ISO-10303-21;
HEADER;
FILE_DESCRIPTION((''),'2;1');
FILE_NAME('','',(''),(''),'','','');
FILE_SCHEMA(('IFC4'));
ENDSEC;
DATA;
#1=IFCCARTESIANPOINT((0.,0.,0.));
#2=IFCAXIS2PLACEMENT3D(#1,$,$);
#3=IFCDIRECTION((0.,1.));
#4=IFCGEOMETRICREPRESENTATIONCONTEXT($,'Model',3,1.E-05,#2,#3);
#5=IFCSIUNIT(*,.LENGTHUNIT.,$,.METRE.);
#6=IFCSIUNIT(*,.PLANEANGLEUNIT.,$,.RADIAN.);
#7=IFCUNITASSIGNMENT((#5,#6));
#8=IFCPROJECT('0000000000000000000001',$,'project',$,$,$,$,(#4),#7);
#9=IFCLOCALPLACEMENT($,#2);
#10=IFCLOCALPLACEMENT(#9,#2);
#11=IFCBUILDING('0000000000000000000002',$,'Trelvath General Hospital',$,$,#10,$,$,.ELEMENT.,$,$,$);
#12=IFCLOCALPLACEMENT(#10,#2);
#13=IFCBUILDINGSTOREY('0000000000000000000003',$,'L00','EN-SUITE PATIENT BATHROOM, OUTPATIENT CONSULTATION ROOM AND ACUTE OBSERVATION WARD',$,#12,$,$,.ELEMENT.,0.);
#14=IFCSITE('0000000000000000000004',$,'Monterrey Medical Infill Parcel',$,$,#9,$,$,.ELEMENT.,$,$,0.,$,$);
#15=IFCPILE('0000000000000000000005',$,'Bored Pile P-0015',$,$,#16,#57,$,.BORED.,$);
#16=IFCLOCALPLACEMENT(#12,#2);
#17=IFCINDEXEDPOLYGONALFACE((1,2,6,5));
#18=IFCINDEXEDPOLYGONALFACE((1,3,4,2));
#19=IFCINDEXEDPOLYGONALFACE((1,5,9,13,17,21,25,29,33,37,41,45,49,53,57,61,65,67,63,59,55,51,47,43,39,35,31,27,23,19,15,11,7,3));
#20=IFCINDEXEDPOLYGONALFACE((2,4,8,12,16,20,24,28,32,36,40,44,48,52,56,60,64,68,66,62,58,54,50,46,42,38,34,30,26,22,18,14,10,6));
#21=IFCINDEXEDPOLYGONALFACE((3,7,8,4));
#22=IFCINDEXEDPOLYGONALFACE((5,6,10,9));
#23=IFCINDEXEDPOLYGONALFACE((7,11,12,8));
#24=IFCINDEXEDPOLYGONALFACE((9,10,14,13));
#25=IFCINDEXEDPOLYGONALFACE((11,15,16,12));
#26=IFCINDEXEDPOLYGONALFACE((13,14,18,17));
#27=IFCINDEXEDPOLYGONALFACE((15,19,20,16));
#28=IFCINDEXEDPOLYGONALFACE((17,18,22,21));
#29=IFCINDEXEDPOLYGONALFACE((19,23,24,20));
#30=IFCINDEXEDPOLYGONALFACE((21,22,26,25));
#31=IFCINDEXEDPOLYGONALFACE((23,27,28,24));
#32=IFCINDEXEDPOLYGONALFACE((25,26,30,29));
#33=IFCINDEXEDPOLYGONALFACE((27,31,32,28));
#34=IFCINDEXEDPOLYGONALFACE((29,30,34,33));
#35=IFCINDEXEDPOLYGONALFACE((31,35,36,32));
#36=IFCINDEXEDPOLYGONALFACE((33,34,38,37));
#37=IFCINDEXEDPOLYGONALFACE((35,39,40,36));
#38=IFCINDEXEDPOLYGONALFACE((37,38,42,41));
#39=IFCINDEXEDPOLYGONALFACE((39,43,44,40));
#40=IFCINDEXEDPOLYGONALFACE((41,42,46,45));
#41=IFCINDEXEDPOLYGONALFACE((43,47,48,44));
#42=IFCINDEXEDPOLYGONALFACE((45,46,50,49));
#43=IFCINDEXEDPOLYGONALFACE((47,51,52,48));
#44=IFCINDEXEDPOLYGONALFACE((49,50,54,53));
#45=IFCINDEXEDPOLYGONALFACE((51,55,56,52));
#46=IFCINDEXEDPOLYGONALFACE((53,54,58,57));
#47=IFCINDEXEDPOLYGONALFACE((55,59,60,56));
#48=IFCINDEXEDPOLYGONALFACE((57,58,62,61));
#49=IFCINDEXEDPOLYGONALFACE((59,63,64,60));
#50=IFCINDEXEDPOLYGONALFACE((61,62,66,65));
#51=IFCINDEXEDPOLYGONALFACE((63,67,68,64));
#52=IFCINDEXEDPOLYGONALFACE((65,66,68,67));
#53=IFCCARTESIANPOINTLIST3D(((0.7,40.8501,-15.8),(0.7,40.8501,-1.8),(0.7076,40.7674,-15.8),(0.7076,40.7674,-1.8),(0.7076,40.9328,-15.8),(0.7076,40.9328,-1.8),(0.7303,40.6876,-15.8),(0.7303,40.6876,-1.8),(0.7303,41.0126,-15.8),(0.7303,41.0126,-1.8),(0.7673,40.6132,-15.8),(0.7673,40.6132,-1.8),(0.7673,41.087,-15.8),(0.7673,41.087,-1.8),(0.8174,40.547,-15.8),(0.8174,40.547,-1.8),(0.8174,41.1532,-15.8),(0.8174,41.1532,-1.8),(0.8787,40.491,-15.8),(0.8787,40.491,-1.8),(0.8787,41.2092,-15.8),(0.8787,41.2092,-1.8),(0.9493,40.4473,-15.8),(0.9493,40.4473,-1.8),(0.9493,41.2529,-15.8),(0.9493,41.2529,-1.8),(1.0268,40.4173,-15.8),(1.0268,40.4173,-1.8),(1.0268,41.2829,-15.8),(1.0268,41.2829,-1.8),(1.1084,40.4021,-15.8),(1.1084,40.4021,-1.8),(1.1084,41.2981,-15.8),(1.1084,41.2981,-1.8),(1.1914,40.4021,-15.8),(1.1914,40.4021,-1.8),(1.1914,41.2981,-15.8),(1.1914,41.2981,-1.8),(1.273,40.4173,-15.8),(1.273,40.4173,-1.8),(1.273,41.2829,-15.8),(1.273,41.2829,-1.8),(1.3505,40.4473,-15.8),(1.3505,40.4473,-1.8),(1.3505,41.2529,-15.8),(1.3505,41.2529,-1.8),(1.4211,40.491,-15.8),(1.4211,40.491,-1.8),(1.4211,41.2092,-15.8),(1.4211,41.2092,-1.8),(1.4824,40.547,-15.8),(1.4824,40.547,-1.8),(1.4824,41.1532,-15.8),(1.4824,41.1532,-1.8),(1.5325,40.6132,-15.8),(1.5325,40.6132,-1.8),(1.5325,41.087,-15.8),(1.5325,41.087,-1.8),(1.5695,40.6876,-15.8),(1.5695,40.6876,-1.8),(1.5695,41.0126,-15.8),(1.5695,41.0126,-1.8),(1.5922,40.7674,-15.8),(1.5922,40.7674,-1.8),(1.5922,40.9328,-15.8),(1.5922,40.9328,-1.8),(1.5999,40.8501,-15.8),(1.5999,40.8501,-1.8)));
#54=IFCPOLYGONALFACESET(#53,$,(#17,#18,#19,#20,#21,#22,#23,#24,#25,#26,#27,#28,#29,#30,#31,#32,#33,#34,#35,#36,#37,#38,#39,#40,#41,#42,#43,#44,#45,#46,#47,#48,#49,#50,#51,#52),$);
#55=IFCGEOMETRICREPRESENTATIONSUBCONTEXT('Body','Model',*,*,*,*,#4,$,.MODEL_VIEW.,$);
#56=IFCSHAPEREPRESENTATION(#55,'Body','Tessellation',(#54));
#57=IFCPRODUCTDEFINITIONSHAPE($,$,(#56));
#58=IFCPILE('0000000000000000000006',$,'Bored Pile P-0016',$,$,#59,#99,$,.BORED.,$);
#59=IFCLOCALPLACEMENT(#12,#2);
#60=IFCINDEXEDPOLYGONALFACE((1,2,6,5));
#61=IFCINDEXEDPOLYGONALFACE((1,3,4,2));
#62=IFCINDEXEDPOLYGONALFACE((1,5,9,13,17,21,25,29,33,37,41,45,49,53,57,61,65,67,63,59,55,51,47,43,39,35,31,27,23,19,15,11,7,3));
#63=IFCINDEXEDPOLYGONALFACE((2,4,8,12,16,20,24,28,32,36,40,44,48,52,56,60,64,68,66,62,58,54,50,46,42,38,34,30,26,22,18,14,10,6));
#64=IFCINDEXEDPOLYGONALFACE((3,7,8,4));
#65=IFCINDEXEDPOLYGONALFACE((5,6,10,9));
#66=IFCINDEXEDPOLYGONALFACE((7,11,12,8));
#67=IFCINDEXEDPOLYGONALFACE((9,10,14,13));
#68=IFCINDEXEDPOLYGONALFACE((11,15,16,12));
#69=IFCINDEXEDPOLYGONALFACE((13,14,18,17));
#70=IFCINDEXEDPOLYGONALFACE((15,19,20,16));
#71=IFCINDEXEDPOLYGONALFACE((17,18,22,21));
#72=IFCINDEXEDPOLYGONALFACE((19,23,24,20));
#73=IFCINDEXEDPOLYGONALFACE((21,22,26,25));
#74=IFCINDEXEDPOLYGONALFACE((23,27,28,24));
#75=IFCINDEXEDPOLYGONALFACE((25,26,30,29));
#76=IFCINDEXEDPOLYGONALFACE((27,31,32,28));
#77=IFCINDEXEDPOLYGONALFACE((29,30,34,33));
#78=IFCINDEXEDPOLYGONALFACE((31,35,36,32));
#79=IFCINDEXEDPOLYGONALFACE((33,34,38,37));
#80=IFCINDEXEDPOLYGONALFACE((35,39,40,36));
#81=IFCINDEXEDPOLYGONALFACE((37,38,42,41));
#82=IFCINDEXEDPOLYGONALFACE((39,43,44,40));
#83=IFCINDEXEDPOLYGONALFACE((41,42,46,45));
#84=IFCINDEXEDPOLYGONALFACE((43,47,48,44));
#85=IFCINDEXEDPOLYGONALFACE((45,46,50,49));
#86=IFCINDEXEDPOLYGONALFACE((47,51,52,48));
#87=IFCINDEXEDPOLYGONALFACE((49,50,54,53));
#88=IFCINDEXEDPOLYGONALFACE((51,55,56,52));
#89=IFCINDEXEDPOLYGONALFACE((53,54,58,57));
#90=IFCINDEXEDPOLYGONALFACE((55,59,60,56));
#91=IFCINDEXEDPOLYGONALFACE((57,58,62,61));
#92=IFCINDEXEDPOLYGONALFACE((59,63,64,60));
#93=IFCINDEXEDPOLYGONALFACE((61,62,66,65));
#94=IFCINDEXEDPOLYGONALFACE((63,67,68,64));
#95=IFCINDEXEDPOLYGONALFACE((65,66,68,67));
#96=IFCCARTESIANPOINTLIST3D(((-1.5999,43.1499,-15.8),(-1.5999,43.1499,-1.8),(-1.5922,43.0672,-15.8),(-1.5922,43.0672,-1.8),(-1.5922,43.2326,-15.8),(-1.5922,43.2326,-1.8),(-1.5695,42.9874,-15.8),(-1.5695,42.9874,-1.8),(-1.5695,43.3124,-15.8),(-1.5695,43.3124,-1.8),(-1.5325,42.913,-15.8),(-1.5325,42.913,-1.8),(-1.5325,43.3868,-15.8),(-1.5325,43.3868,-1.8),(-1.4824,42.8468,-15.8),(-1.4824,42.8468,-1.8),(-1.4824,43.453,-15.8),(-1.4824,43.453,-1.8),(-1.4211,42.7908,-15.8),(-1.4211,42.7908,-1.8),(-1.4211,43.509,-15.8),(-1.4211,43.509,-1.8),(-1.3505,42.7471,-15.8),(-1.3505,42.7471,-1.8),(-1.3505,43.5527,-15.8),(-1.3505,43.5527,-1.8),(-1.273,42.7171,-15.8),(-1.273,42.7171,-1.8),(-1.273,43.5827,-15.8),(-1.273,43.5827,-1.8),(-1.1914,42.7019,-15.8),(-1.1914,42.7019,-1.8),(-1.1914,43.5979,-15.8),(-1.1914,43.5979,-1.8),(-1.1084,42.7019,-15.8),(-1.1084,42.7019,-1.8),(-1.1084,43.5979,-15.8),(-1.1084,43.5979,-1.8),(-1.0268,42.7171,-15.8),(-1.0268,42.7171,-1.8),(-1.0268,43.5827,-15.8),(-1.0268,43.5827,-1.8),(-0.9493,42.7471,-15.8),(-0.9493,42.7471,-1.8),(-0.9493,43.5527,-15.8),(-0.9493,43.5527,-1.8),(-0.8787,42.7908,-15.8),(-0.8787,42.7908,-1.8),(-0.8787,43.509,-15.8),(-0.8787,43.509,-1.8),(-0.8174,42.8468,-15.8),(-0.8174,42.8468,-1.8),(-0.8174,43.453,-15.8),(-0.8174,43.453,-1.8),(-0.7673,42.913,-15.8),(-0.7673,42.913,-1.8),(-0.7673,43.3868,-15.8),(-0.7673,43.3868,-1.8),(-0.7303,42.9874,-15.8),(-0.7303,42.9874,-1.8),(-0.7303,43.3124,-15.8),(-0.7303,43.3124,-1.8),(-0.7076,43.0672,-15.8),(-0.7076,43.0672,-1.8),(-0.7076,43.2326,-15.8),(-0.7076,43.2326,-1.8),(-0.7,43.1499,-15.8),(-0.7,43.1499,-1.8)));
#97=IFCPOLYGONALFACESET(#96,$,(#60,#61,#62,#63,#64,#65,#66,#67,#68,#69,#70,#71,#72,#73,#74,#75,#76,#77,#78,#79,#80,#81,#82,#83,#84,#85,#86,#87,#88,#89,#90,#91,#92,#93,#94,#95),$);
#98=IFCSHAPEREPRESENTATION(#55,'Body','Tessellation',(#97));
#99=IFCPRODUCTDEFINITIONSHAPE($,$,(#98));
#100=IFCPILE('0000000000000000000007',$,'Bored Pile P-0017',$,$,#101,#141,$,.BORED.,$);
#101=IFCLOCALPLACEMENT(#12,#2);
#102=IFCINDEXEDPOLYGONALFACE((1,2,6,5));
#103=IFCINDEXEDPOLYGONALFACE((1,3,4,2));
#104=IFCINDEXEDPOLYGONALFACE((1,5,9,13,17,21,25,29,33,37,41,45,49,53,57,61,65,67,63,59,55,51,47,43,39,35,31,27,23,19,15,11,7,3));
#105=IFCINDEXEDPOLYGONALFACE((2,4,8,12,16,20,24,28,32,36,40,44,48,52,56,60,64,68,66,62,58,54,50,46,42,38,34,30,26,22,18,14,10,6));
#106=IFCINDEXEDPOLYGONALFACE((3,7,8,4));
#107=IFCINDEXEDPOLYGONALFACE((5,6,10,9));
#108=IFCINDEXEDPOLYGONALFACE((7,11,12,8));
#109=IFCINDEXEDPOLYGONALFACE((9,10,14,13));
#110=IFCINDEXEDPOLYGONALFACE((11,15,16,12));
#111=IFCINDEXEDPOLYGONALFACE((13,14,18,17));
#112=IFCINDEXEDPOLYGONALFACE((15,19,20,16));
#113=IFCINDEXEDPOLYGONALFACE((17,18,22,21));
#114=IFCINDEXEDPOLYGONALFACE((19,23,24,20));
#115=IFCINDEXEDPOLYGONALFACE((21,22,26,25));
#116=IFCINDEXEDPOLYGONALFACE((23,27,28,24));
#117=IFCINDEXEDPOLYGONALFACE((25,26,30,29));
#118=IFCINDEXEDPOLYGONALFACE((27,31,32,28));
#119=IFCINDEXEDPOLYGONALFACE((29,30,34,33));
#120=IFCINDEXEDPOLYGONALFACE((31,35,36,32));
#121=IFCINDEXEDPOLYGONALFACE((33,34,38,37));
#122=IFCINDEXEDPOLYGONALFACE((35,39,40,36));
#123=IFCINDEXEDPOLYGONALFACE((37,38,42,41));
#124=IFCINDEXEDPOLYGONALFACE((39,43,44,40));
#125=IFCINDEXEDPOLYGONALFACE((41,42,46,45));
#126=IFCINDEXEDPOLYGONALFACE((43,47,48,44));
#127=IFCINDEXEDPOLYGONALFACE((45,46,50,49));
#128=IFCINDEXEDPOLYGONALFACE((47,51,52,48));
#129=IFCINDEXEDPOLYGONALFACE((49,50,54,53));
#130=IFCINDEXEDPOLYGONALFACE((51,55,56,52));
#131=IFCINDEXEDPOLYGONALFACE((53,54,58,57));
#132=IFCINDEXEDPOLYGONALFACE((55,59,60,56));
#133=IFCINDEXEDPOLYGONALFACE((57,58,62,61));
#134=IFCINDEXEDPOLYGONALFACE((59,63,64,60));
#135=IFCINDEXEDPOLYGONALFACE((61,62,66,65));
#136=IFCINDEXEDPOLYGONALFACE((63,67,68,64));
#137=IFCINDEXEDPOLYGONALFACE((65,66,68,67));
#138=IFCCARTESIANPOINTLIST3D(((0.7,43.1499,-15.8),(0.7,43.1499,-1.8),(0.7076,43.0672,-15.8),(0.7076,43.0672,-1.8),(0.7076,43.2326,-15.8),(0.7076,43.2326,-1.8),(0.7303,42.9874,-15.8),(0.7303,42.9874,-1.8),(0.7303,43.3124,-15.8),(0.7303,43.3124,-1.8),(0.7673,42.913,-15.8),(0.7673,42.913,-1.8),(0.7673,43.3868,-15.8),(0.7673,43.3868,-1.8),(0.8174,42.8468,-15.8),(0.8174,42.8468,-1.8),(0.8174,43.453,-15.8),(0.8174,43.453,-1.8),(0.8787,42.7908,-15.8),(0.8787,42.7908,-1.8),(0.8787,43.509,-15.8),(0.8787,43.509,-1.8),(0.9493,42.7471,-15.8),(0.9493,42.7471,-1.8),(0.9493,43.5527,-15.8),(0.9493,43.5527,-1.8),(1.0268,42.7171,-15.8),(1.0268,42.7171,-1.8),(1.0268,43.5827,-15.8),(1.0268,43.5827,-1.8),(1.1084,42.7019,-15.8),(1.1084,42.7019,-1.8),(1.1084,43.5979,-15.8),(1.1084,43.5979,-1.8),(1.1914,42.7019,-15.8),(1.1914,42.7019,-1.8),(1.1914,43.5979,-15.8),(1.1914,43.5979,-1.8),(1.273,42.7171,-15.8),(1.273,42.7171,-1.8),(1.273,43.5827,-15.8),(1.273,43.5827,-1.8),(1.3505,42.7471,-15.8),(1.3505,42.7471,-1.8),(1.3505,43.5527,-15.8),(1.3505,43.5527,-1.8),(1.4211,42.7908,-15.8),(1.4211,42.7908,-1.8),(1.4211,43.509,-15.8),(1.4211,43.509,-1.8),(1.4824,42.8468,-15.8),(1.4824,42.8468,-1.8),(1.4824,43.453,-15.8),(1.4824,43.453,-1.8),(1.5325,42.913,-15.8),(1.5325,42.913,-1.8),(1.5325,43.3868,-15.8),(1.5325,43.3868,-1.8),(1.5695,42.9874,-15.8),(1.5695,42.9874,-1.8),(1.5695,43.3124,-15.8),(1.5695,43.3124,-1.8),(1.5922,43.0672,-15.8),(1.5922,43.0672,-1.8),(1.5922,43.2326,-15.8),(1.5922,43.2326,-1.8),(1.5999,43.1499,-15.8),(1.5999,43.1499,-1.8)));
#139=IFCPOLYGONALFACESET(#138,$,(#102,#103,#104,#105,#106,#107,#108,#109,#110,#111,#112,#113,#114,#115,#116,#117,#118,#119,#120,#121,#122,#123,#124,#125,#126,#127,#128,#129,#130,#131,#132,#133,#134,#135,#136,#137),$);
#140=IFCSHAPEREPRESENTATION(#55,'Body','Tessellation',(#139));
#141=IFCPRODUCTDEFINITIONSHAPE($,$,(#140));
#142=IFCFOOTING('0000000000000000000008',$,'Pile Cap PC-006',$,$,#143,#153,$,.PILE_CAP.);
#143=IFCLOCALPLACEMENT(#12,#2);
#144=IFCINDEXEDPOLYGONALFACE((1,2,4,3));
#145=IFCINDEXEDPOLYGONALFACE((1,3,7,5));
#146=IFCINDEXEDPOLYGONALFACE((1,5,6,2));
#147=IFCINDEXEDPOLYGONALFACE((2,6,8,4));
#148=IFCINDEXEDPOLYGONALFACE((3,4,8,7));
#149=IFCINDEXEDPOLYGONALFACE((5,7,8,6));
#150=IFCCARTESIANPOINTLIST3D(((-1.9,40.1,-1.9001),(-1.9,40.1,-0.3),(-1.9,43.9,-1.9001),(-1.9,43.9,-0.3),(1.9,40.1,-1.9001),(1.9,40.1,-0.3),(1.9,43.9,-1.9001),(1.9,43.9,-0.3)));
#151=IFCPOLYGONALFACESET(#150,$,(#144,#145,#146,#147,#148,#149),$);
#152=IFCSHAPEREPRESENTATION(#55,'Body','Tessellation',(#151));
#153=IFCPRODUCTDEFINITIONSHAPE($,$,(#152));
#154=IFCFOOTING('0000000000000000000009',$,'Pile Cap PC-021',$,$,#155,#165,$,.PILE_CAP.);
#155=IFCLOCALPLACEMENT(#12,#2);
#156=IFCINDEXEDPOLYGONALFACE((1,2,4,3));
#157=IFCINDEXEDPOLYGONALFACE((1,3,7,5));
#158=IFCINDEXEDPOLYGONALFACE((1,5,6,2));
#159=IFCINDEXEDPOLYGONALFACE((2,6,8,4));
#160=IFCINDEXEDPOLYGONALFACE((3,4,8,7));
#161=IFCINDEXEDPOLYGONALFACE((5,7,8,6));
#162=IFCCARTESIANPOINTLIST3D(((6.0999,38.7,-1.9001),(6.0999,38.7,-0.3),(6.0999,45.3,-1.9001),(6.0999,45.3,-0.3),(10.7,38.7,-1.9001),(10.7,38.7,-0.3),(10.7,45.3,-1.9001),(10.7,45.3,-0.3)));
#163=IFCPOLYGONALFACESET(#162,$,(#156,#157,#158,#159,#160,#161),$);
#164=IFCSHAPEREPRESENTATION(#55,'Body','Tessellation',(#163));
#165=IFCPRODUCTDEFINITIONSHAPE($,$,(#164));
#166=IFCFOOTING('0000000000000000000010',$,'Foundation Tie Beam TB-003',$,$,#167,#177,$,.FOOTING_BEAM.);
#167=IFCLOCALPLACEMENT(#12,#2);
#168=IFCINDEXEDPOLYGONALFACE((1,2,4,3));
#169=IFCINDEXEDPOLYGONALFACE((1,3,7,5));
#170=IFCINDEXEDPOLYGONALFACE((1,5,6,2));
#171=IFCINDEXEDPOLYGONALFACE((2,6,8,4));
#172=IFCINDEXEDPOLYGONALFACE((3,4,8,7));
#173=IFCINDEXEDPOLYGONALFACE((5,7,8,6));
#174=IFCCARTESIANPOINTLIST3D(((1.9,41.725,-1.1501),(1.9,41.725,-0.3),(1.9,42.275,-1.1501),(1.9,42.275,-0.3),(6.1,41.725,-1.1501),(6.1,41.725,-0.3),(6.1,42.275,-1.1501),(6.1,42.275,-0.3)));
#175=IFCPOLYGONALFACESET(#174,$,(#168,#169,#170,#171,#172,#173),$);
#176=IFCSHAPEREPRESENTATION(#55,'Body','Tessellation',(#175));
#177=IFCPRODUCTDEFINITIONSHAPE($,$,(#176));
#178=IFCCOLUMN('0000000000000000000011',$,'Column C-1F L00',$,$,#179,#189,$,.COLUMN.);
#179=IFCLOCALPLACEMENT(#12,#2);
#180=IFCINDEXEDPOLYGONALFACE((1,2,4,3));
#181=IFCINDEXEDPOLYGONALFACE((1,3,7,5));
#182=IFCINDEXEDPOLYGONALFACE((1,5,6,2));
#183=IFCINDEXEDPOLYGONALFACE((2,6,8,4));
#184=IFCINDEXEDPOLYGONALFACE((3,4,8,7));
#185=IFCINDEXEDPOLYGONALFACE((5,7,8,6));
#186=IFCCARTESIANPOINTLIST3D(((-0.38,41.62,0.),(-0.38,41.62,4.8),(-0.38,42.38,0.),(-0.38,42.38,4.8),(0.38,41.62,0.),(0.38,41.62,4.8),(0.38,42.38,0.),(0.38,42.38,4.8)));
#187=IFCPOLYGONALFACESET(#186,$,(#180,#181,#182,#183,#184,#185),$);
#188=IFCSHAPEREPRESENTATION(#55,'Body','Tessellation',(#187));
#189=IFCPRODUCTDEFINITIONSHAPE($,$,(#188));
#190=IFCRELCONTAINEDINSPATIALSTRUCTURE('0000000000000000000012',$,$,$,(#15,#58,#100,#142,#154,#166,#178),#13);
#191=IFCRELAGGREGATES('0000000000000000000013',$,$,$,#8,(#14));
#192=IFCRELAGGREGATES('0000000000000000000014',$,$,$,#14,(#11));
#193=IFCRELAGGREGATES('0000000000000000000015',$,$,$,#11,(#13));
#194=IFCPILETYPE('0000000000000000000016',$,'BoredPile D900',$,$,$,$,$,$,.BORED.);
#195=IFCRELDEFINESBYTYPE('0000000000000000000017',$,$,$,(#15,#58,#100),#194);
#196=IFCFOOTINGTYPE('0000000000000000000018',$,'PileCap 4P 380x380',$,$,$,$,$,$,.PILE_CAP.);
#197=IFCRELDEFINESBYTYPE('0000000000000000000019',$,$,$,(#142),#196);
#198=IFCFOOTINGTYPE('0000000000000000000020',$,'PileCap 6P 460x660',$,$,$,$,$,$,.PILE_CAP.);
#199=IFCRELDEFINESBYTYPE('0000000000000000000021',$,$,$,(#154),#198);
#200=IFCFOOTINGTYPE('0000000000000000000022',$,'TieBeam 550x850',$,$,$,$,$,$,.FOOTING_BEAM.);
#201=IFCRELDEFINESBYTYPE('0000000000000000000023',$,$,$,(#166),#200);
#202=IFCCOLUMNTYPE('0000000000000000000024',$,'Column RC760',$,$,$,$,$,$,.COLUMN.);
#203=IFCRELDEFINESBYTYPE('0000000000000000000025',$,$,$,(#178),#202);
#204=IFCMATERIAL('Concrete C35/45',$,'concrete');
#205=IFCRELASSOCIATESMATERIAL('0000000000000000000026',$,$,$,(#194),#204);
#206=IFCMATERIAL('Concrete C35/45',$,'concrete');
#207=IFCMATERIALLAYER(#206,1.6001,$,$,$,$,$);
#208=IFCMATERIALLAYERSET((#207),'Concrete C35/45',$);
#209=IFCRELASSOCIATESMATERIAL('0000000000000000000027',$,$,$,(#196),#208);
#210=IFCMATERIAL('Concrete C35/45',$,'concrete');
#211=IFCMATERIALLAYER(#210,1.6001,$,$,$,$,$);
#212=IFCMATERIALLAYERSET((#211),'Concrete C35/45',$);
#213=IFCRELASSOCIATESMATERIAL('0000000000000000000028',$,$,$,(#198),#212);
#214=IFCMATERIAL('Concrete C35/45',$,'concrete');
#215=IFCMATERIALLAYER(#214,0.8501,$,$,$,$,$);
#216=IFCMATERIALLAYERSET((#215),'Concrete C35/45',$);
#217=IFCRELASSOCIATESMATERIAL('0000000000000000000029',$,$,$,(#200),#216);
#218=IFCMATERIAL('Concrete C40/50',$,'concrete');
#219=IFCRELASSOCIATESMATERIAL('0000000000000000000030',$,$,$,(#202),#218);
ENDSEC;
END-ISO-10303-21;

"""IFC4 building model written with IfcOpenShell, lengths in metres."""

from ifc_helpers import new_model, si_unit, direction, frame, origin, origin_2d, place, context, subcontext, project, spatial, rectangle, circle, extrude, material, layer, layer_set, material_profile, profile_set, type_object, element, save


model = new_model("IFC4")

# Units and contexts
model_context = context("Model", 3, precision=1e-05, world=origin(), true_north=direction((0.0, 1.0)))
body_context = subcontext(model_context, "Body", "Model", "MODEL_VIEW")
ifc_project = project(units=[si_unit("LENGTHUNIT", "METRE"), si_unit("PLANEANGLEUNIT", "RADIAN")], contexts=[model_context])

# Site, building, storey
site_placement = place(None, origin())
site = spatial("IfcSite", under=ifc_project, at=site_placement, Name="Monterrey Medical Infill Parcel", CompositionType="ELEMENT", RefElevation=0.0)
building_placement = place(site_placement, origin())
building = spatial("IfcBuilding", under=site, at=building_placement, Name="Trelvath General Hospital", CompositionType="ELEMENT")
storey_placement = place(building_placement, origin())
storey = spatial("IfcBuildingStorey", under=building, at=storey_placement, Name="L00", Description="EN-SUITE PATIENT BATHROOM, OUTPATIENT CONSULTATION ROOM AND ACUTE OBSERVATION WARD", CompositionType="ELEMENT", Elevation=0.0)

# Piles
ifc_material_1 = material(Name="Concrete C35/45", Category="concrete")
ifc_material_profile_1 = material_profile(ifc_material_1, circle(Radius=0.45, at=origin_2d()), Name="PILE900")
ifc_profile_set_1 = profile_set([ifc_material_profile_1], Name="Concrete C35/45")
pile_type_1 = type_object("IfcPileType", Name="BoredPile D900", PredefinedType="BORED", material=ifc_profile_set_1)
for number, where, z_axis, x_axis, name in (
    (1, (1.1499, 40.8501, -1.8), (0.0, 0.0, -1.0), (1.0, 0.0, 0.0), "Bored Pile P-0015"),
    (2, (-1.1499, 43.1499, -1.8), (0.0, 0.0, -1.0), (1.0, 0.0, 0.0), "Bored Pile P-0016"),
    (3, (1.1499, 43.1499, -1.8), (0.0, 0.0, -1.0), (1.0, 0.0, 0.0), "Bored Pile P-0017"),
):
    element("IfcPile", number, at=place(storey_placement, frame(where, z_axis=z_axis, x_axis=x_axis)), inside=storey, type_object=pile_type_1, Name=name, PredefinedType="BORED", context=body_context, shape_type="SweptSolid", body=[
        extrude(circle(Radius=0.45, at=origin_2d()), origin(), (0.0, 0.0, 1.0), 14.0),
    ])

# Footings
ifc_material_2 = material(Name="Concrete C35/45", Category="concrete")
ifc_layer_1 = layer(ifc_material_2, 1.6001)
ifc_layer_set_1 = layer_set([ifc_layer_1], Name="Concrete C35/45")
footing_type_1 = type_object("IfcFootingType", Name="PileCap 4P 380x380", PredefinedType="PILE_CAP", material=ifc_layer_set_1)
footing_1_placement = place(storey_placement, frame((0.0, 42.0, -1.9001), z_axis=(0.0, 0.0, 1.0), x_axis=(1.0, 0.0, 0.0)))
element("IfcFooting", 4, at=footing_1_placement, inside=storey, type_object=footing_type_1, Name="Pile Cap PC-006", PredefinedType="PILE_CAP", context=body_context, shape_type="SweptSolid", body=[
    extrude(rectangle(XDim=3.8, YDim=3.8, at=origin_2d()), origin(), (0.0, 0.0, 1.0), 1.6001),
])
ifc_material_3 = material(Name="Concrete C35/45", Category="concrete")
ifc_layer_2 = layer(ifc_material_3, 1.6001)
ifc_layer_set_2 = layer_set([ifc_layer_2], Name="Concrete C35/45")
footing_type_2 = type_object("IfcFootingType", Name="PileCap 6P 460x660", PredefinedType="PILE_CAP", material=ifc_layer_set_2)
footing_2_placement = place(storey_placement, frame((8.3999, 42.0, -1.9001), z_axis=(0.0, 0.0, 1.0), x_axis=(1.0, 0.0, 0.0)))
element("IfcFooting", 5, at=footing_2_placement, inside=storey, type_object=footing_type_2, Name="Pile Cap PC-021", PredefinedType="PILE_CAP", context=body_context, shape_type="SweptSolid", body=[
    extrude(rectangle(XDim=4.6001, YDim=6.6001, at=origin_2d()), origin(), (0.0, 0.0, 1.0), 1.6001),
])
ifc_material_4 = material(Name="Concrete C35/45", Category="concrete")
ifc_layer_3 = layer(ifc_material_4, 0.8501)
ifc_layer_set_3 = layer_set([ifc_layer_3], Name="Concrete C35/45")
footing_type_3 = type_object("IfcFootingType", Name="TieBeam 550x850", PredefinedType="FOOTING_BEAM", material=ifc_layer_set_3)
footing_3_placement = place(storey_placement, frame((4.0, 42.0, -1.1501), z_axis=(0.0, 0.0, 1.0), x_axis=(1.0, 0.0, 0.0)))
element("IfcFooting", 6, at=footing_3_placement, inside=storey, type_object=footing_type_3, Name="Foundation Tie Beam TB-003", PredefinedType="FOOTING_BEAM", context=body_context, shape_type="SweptSolid", body=[
    extrude(rectangle(XDim=4.2, YDim=0.55, at=origin_2d()), origin(), (0.0, 0.0, 1.0), 0.8501),
])

# Column
ifc_material_5 = material(Name="Concrete C40/50", Category="concrete")
ifc_material_profile_2 = material_profile(ifc_material_5, rectangle(XDim=0.76, YDim=0.76, at=origin_2d()), Name="RC760x760")
ifc_profile_set_2 = profile_set([ifc_material_profile_2], Name="Concrete C40/50")
column_type_1 = type_object("IfcColumnType", Name="Column RC760", PredefinedType="COLUMN", material=ifc_profile_set_2)
column_1_placement = place(storey_placement, frame((0.0, 42.0, 0.0), z_axis=(0.0, 0.0, 1.0), x_axis=(1.0, 0.0, 0.0)))
element("IfcColumn", 7, at=column_1_placement, inside=storey, type_object=column_type_1, Name="Column C-1F L00", PredefinedType="COLUMN", context=body_context, shape_type="SweptSolid", body=[
    extrude(rectangle(XDim=0.76, YDim=0.76, at=origin_2d()), origin(), (0.0, 0.0, 1.0), 4.8),
])

save(model, "model.ifc")
